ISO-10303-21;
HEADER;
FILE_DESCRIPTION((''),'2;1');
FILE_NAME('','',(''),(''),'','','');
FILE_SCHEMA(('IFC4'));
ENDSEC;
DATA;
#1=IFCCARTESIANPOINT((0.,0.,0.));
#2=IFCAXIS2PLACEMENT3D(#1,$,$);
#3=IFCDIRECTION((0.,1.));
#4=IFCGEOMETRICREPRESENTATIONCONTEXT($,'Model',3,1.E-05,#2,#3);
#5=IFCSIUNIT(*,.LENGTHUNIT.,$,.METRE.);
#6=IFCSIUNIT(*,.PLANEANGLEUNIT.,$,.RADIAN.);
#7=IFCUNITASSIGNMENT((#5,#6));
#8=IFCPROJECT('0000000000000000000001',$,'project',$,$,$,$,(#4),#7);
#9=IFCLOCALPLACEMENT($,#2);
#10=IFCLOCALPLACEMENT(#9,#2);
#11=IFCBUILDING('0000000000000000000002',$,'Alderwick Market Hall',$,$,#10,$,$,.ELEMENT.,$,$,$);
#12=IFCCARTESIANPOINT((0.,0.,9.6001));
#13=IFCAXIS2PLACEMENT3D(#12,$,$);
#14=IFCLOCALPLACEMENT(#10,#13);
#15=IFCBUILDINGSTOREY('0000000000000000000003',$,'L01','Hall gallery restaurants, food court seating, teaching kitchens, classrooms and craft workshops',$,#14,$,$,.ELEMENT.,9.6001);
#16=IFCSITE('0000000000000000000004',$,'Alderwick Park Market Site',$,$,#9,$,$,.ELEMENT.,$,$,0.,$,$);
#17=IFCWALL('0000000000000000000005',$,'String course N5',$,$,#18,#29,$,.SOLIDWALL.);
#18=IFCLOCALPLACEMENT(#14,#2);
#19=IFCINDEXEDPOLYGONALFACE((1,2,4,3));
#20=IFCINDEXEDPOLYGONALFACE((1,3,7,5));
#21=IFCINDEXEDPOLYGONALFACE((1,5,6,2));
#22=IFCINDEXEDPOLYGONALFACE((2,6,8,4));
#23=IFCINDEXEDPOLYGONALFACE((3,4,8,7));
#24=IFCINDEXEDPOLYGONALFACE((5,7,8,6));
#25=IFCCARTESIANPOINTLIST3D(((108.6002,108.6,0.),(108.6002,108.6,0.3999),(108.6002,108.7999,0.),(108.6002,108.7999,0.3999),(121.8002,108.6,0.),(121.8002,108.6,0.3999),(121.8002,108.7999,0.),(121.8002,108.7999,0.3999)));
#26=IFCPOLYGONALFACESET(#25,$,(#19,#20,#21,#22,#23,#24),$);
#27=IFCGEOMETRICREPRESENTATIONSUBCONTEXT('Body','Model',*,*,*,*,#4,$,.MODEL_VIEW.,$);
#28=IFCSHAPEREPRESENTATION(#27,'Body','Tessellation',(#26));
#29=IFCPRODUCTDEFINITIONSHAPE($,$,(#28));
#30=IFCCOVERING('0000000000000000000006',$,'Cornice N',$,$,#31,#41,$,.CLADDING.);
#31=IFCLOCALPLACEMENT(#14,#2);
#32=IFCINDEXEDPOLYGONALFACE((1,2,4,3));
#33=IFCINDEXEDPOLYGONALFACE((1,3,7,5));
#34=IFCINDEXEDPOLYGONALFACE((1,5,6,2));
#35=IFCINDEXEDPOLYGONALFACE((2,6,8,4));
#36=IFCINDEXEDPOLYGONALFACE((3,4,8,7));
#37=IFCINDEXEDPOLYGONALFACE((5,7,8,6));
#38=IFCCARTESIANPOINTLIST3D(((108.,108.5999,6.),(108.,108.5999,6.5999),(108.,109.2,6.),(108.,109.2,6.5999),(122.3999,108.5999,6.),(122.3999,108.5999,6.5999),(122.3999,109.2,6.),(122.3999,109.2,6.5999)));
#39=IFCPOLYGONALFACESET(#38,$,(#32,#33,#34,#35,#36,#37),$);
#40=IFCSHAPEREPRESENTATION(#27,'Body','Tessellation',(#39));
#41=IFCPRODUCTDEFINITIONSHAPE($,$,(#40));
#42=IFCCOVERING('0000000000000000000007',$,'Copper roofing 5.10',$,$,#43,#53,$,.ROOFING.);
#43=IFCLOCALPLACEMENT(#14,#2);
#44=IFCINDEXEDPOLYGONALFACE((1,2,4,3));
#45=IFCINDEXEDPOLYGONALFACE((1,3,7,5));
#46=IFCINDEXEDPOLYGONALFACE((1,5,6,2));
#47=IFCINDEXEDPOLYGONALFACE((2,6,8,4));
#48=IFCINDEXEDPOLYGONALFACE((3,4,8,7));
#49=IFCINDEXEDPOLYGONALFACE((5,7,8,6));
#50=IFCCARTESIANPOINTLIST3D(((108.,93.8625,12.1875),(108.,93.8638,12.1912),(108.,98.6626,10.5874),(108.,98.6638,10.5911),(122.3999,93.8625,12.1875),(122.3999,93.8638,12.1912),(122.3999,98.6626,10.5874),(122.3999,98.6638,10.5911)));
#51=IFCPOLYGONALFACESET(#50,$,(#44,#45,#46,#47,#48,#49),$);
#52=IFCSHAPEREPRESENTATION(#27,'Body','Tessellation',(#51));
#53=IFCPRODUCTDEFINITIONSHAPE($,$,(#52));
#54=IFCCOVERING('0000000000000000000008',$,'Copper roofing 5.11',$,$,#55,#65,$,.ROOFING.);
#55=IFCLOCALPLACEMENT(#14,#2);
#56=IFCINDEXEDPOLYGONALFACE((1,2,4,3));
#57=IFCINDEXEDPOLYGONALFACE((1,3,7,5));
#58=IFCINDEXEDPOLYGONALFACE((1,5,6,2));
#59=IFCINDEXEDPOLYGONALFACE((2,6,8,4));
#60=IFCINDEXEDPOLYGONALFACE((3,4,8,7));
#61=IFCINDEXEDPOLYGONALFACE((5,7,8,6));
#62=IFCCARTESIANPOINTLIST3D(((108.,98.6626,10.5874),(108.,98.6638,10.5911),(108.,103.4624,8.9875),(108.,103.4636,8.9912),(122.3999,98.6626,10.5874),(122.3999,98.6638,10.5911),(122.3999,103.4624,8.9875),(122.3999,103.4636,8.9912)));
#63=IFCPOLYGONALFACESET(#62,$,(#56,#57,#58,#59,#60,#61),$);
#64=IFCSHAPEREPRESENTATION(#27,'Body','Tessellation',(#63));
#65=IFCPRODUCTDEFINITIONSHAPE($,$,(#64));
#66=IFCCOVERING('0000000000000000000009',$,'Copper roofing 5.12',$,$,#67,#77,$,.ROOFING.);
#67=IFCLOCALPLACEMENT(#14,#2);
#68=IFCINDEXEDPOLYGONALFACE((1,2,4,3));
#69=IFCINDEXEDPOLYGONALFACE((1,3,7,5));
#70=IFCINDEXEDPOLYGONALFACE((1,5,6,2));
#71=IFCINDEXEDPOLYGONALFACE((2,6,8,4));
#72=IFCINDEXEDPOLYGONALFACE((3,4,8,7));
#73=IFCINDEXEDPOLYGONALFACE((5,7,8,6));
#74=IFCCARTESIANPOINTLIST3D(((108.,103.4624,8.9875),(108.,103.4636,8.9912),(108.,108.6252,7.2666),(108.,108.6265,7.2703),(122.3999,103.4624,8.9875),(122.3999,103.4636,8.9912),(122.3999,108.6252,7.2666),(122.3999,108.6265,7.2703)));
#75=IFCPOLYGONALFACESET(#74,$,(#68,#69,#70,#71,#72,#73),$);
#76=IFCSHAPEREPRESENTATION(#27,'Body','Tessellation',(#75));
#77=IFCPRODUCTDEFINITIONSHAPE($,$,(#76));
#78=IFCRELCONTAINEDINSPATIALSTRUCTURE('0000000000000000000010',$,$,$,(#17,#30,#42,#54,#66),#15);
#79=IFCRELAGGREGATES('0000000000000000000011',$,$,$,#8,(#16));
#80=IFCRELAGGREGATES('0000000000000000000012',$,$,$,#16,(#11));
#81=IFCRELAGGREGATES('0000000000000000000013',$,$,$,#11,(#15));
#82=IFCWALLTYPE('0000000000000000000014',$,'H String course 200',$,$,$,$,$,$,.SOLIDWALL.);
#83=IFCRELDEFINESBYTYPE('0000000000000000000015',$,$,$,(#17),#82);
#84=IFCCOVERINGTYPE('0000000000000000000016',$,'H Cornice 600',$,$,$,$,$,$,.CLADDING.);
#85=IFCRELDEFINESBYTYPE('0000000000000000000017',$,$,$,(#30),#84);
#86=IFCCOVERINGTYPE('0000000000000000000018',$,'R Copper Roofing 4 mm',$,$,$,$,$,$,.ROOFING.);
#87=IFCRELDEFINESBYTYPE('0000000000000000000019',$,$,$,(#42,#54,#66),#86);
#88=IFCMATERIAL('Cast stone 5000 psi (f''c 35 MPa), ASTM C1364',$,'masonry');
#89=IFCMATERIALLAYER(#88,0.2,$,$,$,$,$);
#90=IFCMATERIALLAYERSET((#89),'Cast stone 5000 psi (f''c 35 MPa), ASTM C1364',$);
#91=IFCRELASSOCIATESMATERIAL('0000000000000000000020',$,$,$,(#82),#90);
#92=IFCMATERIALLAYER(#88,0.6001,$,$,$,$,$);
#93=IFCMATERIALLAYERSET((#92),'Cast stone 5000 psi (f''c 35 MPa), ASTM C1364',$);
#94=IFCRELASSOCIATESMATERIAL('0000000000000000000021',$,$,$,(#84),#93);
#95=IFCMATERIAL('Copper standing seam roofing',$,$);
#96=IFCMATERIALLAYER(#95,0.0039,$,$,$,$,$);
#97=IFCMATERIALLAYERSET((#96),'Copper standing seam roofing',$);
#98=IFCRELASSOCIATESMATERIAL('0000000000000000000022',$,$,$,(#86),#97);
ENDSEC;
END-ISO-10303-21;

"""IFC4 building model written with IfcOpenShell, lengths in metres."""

from ifc_helpers import new_model, si_unit, direction, frame, frame_2d, origin, place, context, subcontext, project, spatial, polyline, rectangle, outline, extrude, material, layer, layer_set, type_object, element, save


model = new_model("IFC4")

# Units and contexts
model_context = context("Model", 3, precision=1e-05, world=origin(), true_north=direction((0.0, 1.0)))
body_context = subcontext(model_context, "Body", "Model", "MODEL_VIEW")
ifc_project = project(units=[si_unit("LENGTHUNIT", "METRE"), si_unit("PLANEANGLEUNIT", "RADIAN")], contexts=[model_context])

# Site, building, storey
site_placement = place(None, origin())
site = spatial("IfcSite", under=ifc_project, at=site_placement, Name="Alderwick Park Market Site", CompositionType="ELEMENT", RefElevation=0.0)
building_placement = place(site_placement, origin())
building = spatial("IfcBuilding", under=site, at=building_placement, Name="Alderwick Market Hall", CompositionType="ELEMENT")
storey_placement = place(building_placement, frame((0.0, 0.0, 9.6001)))
storey = spatial("IfcBuildingStorey", under=building, at=storey_placement, Name="L01", Description="Hall gallery restaurants, food court seating, teaching kitchens, classrooms and craft workshops", CompositionType="ELEMENT", Elevation=9.6001)

# Wall
ifc_material_1 = material(Name="Cast stone 5000 psi (f'c 35 MPa), ASTM C1364", Category="masonry")
ifc_layer_1 = layer(ifc_material_1, 0.2)
ifc_layer_set_1 = layer_set([ifc_layer_1], Name="Cast stone 5000 psi (f'c 35 MPa), ASTM C1364")
wall_type_1 = type_object("IfcWallType", Name="H String course 200", PredefinedType="SOLIDWALL", material=ifc_layer_set_1)
wall_1_placement = place(storey_placement, frame((108.6001, 108.7, 0.0), z_axis=(0.0, 0.0, 1.0), x_axis=(1.0, 0.0, 0.0)))
element("IfcWall", 1, at=wall_1_placement, inside=storey, type_object=wall_type_1, Name="String course N5", PredefinedType="SOLIDWALL", context=body_context, shape_type="SweptSolid", body=[
    extrude(rectangle(XDim=13.2, YDim=0.2, at=frame_2d((6.6001, 0.0))), origin(), (0.0, 0.0, 1.0), 0.3999),
])

# Coverings
ifc_layer_2 = layer(ifc_material_1, 0.6001)
ifc_layer_set_2 = layer_set([ifc_layer_2], Name="Cast stone 5000 psi (f'c 35 MPa), ASTM C1364")
covering_type_1 = type_object("IfcCoveringType", Name="H Cornice 600", PredefinedType="CLADDING", material=ifc_layer_set_2)
covering_1_placement = place(storey_placement, frame((108.0, 108.8999, 6.0), z_axis=(0.0, 0.0, 1.0), x_axis=(1.0, 0.0, 0.0)))
element("IfcCovering", 2, at=covering_1_placement, inside=storey, type_object=covering_type_1, Name="Cornice N", PredefinedType="CLADDING", context=body_context, shape_type="SweptSolid", body=[
    extrude(rectangle(XDim=14.3999, YDim=0.6001, at=frame_2d((7.2, 0.0))), origin(), (0.0, 0.0, 1.0), 0.5999),
])
ifc_material_2 = material(Name="Copper standing seam roofing")
ifc_layer_3 = layer(ifc_material_2, 0.0039)
ifc_layer_set_3 = layer_set([ifc_layer_3], Name="Copper standing seam roofing")
covering_type_2 = type_object("IfcCoveringType", Name="R Copper Roofing 4 mm", PredefinedType="ROOFING", material=ifc_layer_set_3)
covering_2_placement = place(storey_placement, frame((108.0, 93.8638, 12.1912), z_axis=(0.0, 0.316242, 0.948678), x_axis=(1.0, 0.0, 0.0)))
element("IfcCovering", 3, at=covering_2_placement, inside=storey, type_object=covering_type_2, Name="Copper roofing 5.10", PredefinedType="ROOFING", context=body_context, shape_type="SweptSolid", body=[
    extrude(outline(polyline([(0.0, 0.0), (14.3999, 0.0), (14.3999, 5.0597), (0.0, 5.0597), (0.0, 0.0)])), origin(), (0.0, 0.0, -1.0), 0.0039),
])
covering_3_placement = place(storey_placement, frame((108.0, 98.6638, 10.5911), z_axis=(0.0, 0.316213, 0.948688), x_axis=(1.0, 0.0, 0.0)))
element("IfcCovering", 4, at=covering_3_placement, inside=storey, type_object=covering_type_2, Name="Copper roofing 5.11", PredefinedType="ROOFING", context=body_context, shape_type="SweptSolid", body=[
    extrude(outline(polyline([(0.0, 0.0), (14.3999, 0.0), (14.3999, 5.0594), (0.0, 5.0594), (0.0, 0.0)])), origin(), (0.0, 0.0, -1.0), 0.0039),
])
covering_4_placement = place(storey_placement, frame((108.0, 103.4636, 8.9912), z_axis=(0.0, 0.316228, 0.948683), x_axis=(1.0, 0.0, 0.0)))
element("IfcCovering", 5, at=covering_4_placement, inside=storey, type_object=covering_type_2, Name="Copper roofing 5.12", PredefinedType="ROOFING", context=body_context, shape_type="SweptSolid", body=[
    extrude(outline(polyline([(0.0, 0.0), (14.3999, 0.0), (14.3999, 5.4421), (0.0, 5.4421), (0.0, 0.0)])), origin(), (0.0, 0.0, -1.0), 0.0039),
])

save(model, "model.ifc")
